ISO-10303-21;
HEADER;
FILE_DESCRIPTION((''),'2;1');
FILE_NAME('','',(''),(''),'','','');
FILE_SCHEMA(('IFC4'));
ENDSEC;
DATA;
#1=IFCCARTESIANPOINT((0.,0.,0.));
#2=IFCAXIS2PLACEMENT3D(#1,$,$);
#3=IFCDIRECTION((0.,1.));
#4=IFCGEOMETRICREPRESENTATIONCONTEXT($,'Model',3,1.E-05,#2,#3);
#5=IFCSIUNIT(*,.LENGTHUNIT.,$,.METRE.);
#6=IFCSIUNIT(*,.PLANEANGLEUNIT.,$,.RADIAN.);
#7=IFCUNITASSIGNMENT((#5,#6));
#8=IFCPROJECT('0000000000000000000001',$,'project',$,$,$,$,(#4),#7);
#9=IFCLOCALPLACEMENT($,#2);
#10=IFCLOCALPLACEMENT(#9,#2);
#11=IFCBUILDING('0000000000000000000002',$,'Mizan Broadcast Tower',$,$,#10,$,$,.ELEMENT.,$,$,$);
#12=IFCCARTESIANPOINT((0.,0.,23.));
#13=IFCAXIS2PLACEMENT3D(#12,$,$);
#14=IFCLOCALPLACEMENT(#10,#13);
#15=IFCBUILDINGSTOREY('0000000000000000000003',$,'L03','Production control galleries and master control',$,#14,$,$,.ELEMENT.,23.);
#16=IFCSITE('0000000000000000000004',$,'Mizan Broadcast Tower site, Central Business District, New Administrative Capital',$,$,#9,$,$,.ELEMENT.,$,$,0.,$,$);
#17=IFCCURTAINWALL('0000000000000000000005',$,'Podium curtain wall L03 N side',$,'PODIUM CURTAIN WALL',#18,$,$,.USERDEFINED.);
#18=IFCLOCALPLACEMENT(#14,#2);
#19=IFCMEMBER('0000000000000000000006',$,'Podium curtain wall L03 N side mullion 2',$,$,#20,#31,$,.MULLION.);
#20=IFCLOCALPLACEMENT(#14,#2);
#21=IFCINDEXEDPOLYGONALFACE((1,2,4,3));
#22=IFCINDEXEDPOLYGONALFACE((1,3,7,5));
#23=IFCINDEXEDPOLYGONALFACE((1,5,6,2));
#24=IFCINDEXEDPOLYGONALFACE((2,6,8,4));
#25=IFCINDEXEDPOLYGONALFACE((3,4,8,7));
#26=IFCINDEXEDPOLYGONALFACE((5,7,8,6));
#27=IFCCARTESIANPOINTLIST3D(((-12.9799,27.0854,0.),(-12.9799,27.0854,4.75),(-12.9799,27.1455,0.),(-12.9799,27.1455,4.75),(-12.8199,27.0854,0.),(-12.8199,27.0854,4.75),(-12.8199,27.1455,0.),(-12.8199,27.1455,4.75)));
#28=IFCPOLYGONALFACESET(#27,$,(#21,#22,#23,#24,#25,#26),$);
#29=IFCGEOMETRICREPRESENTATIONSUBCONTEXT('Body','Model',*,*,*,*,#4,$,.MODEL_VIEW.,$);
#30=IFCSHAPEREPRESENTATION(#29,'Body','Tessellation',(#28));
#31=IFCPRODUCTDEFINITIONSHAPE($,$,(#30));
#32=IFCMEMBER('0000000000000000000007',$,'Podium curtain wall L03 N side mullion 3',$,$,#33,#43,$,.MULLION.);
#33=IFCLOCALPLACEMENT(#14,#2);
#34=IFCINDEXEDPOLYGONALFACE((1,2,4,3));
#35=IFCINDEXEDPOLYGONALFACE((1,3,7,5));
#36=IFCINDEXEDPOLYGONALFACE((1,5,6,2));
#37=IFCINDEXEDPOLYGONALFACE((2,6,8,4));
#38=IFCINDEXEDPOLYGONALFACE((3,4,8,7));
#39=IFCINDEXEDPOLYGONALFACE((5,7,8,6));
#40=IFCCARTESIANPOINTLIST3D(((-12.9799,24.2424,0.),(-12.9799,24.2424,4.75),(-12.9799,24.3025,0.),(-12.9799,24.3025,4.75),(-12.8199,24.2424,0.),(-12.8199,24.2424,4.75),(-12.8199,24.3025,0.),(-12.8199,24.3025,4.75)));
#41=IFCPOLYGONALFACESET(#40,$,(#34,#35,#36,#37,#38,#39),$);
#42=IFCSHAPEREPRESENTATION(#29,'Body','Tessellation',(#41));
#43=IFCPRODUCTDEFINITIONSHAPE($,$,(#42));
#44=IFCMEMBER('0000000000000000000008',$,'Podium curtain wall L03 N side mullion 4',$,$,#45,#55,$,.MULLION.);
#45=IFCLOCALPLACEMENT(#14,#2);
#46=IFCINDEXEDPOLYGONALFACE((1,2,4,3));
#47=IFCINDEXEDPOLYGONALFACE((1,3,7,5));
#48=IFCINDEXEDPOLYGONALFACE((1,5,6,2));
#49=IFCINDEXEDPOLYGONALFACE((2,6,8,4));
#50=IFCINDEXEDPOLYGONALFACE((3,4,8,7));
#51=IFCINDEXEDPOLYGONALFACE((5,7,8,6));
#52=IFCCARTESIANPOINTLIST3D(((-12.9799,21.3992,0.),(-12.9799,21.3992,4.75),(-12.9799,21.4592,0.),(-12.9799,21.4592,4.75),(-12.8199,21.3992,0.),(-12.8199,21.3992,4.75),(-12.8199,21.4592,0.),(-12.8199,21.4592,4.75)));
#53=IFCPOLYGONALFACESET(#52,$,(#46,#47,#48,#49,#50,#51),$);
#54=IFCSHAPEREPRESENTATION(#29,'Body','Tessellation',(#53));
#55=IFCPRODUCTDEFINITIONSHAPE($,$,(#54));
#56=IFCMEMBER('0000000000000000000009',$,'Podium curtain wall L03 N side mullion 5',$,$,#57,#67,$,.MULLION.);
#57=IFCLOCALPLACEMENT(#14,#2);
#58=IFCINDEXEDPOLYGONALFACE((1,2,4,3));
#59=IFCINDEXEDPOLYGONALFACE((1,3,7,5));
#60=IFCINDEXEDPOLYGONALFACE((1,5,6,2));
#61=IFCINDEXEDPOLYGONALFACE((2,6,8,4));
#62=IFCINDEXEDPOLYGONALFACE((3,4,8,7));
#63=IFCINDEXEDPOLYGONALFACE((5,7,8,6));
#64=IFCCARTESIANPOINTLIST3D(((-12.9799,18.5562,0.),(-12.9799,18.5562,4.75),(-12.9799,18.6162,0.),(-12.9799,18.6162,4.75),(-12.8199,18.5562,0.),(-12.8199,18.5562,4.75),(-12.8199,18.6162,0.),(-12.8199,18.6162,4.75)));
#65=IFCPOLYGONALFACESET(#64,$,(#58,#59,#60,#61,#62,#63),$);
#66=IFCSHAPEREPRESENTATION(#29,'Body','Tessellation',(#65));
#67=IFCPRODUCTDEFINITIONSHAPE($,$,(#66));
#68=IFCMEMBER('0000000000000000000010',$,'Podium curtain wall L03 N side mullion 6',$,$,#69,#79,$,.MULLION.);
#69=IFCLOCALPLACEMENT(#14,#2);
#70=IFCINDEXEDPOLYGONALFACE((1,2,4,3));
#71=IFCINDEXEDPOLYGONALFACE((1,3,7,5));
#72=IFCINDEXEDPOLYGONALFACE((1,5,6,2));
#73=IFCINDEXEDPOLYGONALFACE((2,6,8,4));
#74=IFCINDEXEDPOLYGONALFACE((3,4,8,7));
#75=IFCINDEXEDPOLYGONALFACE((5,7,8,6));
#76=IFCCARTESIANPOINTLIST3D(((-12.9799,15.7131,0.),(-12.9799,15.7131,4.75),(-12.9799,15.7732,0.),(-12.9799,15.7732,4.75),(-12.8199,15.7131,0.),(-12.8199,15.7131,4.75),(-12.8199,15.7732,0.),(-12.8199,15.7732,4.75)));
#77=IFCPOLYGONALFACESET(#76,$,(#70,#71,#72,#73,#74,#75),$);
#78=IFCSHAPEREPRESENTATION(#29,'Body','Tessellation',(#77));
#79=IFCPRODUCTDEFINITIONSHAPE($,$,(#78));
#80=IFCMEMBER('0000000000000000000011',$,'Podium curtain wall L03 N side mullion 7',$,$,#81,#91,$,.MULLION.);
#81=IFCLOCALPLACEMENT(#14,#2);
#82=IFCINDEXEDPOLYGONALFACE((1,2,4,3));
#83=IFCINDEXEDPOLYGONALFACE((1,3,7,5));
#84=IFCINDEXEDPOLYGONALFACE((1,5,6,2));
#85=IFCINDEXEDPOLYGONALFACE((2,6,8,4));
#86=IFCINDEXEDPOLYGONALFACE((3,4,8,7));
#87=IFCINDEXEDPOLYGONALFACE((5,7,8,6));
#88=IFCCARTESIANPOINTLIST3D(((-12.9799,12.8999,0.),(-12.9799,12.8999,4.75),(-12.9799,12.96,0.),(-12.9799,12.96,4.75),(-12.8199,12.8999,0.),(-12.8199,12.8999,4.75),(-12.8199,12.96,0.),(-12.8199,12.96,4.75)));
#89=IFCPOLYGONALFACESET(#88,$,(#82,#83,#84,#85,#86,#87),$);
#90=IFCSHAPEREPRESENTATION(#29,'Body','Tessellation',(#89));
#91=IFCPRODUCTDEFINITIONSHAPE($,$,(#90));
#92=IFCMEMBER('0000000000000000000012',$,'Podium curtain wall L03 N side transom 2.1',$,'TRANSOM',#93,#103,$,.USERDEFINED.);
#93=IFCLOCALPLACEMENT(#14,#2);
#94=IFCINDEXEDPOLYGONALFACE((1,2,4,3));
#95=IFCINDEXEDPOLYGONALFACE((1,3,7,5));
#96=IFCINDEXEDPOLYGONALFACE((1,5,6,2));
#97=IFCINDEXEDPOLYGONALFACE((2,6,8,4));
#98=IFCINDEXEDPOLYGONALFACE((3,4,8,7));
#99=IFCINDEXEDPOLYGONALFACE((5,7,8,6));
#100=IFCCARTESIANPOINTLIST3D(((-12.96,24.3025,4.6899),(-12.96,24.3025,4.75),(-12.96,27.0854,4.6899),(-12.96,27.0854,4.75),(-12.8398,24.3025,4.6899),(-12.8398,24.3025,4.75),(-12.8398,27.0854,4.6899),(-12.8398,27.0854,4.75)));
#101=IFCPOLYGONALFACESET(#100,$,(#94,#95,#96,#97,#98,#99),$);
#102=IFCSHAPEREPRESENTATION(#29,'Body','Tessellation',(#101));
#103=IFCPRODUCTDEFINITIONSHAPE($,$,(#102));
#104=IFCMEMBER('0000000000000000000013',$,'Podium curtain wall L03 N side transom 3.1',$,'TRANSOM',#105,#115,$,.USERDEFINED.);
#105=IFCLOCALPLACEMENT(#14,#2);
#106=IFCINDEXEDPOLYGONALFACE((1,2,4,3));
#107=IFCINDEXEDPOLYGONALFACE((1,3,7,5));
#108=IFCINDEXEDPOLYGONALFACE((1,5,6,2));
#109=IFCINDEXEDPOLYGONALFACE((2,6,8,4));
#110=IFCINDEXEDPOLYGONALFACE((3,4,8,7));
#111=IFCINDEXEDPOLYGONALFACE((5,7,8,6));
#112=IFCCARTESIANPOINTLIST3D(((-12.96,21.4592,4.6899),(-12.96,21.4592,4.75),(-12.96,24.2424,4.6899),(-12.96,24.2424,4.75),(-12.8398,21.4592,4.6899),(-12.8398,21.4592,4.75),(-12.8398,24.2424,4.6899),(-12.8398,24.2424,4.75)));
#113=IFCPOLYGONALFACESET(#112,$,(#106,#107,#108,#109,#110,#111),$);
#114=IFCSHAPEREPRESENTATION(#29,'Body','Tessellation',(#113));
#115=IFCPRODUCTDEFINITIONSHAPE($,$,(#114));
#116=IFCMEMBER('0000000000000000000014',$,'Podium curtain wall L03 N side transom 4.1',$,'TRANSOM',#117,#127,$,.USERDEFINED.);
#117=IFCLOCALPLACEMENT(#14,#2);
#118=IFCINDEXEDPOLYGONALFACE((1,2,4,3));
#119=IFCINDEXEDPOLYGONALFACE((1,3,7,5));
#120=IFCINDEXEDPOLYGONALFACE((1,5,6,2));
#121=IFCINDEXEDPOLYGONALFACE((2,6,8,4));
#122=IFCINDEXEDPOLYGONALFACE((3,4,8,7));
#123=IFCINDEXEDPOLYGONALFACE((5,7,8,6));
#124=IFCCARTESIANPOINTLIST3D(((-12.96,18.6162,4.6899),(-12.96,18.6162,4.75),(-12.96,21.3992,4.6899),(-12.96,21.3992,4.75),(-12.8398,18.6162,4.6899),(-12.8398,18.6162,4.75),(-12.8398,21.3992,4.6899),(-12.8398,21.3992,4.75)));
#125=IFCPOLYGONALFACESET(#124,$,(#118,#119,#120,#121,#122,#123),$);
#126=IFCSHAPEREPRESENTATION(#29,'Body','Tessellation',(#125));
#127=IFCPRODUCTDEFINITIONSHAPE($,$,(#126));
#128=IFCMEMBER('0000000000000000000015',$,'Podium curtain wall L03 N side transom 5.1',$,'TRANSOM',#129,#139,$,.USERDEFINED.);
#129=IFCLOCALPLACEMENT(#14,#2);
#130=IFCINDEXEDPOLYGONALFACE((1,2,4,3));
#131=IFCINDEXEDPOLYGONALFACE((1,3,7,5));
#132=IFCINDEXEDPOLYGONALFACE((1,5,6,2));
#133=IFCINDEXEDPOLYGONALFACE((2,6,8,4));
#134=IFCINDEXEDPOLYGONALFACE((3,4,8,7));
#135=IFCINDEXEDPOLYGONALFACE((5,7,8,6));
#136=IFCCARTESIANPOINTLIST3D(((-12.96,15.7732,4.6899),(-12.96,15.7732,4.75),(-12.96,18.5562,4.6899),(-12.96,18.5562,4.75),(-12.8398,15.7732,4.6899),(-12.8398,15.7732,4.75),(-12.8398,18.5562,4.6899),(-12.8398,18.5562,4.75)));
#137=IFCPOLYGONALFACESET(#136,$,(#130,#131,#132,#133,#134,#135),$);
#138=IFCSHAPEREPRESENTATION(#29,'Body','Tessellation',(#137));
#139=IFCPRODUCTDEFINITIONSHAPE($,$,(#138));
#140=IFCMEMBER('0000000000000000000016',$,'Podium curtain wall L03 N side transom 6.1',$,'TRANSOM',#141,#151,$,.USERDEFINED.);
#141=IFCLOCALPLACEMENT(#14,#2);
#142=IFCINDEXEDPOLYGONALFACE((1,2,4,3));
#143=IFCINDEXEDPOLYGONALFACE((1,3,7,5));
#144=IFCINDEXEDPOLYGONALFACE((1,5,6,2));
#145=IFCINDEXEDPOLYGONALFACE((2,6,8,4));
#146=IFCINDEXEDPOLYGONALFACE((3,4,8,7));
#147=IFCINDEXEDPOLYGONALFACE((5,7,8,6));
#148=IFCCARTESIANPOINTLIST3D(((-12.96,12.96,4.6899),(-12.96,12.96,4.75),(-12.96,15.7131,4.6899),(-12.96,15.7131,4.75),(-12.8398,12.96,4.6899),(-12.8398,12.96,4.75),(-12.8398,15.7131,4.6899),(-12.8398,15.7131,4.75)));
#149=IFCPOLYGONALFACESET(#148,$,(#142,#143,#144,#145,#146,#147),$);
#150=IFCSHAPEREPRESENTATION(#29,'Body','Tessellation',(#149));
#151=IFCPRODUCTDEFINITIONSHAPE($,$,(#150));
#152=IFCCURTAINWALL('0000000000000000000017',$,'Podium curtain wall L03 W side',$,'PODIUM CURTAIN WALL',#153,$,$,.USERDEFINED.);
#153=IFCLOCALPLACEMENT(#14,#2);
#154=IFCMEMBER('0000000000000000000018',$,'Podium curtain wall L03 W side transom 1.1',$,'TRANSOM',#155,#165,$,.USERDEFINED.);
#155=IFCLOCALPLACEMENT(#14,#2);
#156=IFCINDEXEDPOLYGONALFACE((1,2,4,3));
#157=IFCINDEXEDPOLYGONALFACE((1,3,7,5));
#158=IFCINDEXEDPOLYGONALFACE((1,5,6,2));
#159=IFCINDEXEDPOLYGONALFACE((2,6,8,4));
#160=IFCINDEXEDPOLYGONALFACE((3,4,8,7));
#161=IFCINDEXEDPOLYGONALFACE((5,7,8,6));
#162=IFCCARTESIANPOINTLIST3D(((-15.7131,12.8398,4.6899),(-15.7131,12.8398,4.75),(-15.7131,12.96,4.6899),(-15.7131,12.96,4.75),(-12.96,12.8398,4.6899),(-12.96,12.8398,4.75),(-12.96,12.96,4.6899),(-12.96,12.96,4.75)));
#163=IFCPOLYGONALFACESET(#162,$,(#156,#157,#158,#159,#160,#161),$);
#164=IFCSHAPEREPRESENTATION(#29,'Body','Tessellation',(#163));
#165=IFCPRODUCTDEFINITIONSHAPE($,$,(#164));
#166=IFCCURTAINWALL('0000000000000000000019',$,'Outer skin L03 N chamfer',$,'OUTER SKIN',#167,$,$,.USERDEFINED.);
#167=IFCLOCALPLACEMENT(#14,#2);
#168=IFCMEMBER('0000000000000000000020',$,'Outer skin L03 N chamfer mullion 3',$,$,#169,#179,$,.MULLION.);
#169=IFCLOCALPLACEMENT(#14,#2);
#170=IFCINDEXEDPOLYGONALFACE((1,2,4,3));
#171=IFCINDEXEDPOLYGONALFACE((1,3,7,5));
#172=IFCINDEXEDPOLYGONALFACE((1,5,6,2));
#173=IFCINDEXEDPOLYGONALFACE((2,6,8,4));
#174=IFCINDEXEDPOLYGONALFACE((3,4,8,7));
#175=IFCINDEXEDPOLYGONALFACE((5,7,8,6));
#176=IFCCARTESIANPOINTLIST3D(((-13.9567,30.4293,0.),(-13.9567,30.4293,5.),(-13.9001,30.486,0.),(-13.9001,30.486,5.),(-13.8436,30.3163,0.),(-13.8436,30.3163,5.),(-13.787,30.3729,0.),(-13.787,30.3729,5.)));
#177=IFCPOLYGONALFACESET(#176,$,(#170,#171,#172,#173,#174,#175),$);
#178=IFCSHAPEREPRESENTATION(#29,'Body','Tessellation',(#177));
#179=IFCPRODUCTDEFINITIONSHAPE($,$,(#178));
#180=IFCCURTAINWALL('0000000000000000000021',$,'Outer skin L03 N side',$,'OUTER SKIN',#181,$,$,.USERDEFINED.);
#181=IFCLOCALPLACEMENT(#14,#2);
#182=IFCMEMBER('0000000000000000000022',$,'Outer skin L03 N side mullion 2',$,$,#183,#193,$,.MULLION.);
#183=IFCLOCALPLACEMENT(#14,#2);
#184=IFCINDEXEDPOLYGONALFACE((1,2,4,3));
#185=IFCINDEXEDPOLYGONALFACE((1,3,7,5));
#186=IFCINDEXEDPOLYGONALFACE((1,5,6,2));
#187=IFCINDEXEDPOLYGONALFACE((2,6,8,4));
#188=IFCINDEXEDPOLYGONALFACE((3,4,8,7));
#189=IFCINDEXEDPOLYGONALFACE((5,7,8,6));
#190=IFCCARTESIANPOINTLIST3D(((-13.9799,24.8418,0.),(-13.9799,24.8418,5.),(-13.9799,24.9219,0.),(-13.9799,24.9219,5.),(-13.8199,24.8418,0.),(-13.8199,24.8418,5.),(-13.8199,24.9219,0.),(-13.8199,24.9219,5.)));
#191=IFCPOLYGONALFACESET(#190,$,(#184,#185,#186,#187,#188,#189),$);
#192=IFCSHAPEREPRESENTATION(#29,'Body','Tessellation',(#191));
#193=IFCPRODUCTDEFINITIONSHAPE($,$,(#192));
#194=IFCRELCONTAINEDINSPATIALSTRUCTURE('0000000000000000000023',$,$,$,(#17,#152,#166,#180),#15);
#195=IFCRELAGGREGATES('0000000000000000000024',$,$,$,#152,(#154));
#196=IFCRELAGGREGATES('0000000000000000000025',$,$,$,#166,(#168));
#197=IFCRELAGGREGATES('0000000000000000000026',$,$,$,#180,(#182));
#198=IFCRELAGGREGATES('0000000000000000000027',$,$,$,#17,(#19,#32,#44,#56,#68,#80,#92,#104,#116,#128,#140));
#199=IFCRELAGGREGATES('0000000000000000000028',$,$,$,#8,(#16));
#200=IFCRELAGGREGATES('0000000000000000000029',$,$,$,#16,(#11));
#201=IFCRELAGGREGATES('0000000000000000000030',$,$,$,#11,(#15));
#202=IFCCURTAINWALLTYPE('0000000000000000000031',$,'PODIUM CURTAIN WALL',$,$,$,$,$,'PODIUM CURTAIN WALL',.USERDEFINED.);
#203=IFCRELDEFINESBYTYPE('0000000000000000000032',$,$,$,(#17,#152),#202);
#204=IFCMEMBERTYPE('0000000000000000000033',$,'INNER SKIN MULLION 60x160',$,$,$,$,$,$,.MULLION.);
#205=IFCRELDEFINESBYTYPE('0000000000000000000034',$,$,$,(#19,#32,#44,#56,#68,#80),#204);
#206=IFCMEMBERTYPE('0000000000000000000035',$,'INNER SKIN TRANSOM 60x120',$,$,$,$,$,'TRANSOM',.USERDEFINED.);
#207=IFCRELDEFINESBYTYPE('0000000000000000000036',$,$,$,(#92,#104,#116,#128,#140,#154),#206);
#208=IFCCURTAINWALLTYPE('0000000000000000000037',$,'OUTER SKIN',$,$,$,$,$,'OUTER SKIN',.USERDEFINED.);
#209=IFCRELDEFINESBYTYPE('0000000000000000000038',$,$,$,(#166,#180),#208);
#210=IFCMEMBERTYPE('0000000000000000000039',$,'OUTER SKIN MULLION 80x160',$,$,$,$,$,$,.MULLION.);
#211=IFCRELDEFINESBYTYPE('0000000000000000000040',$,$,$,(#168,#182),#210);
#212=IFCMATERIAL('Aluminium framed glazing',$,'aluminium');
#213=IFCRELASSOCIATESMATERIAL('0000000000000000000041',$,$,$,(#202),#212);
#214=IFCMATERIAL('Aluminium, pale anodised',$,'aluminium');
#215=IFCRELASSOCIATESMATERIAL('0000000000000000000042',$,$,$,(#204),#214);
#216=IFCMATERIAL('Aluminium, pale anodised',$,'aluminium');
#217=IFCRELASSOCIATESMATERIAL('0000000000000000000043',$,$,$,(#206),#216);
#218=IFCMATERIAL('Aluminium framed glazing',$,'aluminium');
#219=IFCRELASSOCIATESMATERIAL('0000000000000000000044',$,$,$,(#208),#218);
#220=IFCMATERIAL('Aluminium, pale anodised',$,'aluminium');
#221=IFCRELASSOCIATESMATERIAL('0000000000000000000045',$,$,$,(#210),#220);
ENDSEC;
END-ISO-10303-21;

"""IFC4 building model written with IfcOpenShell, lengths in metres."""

from ifc_helpers import new_model, si_unit, direction, frame, origin, origin_2d, place, context, subcontext, project, spatial, rectangle, extrude, material, material_profile, profile_set, type_object, element, aggregate, save


model = new_model("IFC4")

# Units and contexts
model_context = context("Model", 3, precision=1e-05, world=origin(), true_north=direction((0.0, 1.0)))
body_context = subcontext(model_context, "Body", "Model", "MODEL_VIEW")
ifc_project = project(units=[si_unit("LENGTHUNIT", "METRE"), si_unit("PLANEANGLEUNIT", "RADIAN")], contexts=[model_context])

# Site, building, storey
site_placement = place(None, origin())
site = spatial("IfcSite", under=ifc_project, at=site_placement, Name="Mizan Broadcast Tower site, Central Business District, New Administrative Capital", CompositionType="ELEMENT", RefElevation=0.0)
building_placement = place(site_placement, origin())
building = spatial("IfcBuilding", under=site, at=building_placement, Name="Mizan Broadcast Tower", CompositionType="ELEMENT")
storey_placement = place(building_placement, frame((0.0, 0.0, 23.0)))
storey = spatial("IfcBuildingStorey", under=building, at=storey_placement, Name="L03", Description="Production control galleries and master control", CompositionType="ELEMENT", Elevation=23.0)

# Curtain wall, members
ifc_material_1 = material(Name="Aluminium framed glazing", Category="aluminium")
curtain_wall_type_1 = type_object("IfcCurtainWallType", Name="PODIUM CURTAIN WALL", ElementType="PODIUM CURTAIN WALL", PredefinedType="USERDEFINED", material=ifc_material_1)
curtain_wall_1_placement = place(storey_placement, origin())
curtain_wall_1 = element("IfcCurtainWall", 1, at=curtain_wall_1_placement, inside=storey, type_object=curtain_wall_type_1, Name="Podium curtain wall L03 N side", ObjectType="PODIUM CURTAIN WALL", PredefinedType="USERDEFINED")
ifc_material_2 = material(Name="Aluminium, pale anodised", Category="aluminium")
ifc_material_profile_1 = material_profile(ifc_material_2, rectangle(XDim=0.1599, YDim=0.0601, at=origin_2d()), Name="MULLION 160x60")
ifc_profile_set_1 = profile_set([ifc_material_profile_1], Name="Aluminium, pale anodised")
member_type_1 = type_object("IfcMemberType", Name="INNER SKIN MULLION 60x160", PredefinedType="MULLION", material=ifc_profile_set_1)
member_1_placement = place(storey_placement, frame((-12.8999, 27.1155, 0.0), z_axis=(0.0, 0.0, 1.0), x_axis=(1.0, 0.0, 0.0)))
member_1 = element("IfcMember", 2, at=member_1_placement, type_object=member_type_1, Name="Podium curtain wall L03 N side mullion 2", PredefinedType="MULLION", context=body_context, shape_type="SweptSolid", body=[
    extrude(rectangle(XDim=0.1599, YDim=0.0601, at=origin_2d()), origin(), (0.0, 0.0, 1.0), 4.75),
])
member_2_placement = place(storey_placement, frame((-12.8999, 24.2725, 0.0), z_axis=(0.0, 0.0, 1.0), x_axis=(1.0, 0.0, 0.0)))
member_2 = element("IfcMember", 3, at=member_2_placement, type_object=member_type_1, Name="Podium curtain wall L03 N side mullion 3", PredefinedType="MULLION", context=body_context, shape_type="SweptSolid", body=[
    extrude(rectangle(XDim=0.1599, YDim=0.0601, at=origin_2d()), origin(), (0.0, 0.0, 1.0), 4.75),
])
member_3_placement = place(storey_placement, frame((-12.8999, 21.4292, 0.0), z_axis=(0.0, 0.0, 1.0), x_axis=(1.0, 0.0, 0.0)))
member_3 = element("IfcMember", 4, at=member_3_placement, type_object=member_type_1, Name="Podium curtain wall L03 N side mullion 4", PredefinedType="MULLION", context=body_context, shape_type="SweptSolid", body=[
    extrude(rectangle(XDim=0.1599, YDim=0.0601, at=origin_2d()), origin(), (0.0, 0.0, 1.0), 4.75),
])
member_4_placement = place(storey_placement, frame((-12.8999, 18.5862, 0.0), z_axis=(0.0, 0.0, 1.0), x_axis=(1.0, 0.0, 0.0)))
member_4 = element("IfcMember", 5, at=member_4_placement, type_object=member_type_1, Name="Podium curtain wall L03 N side mullion 5", PredefinedType="MULLION", context=body_context, shape_type="SweptSolid", body=[
    extrude(rectangle(XDim=0.1599, YDim=0.0601, at=origin_2d()), origin(), (0.0, 0.0, 1.0), 4.75),
])
member_5_placement = place(storey_placement, frame((-12.8999, 15.7432, 0.0), z_axis=(0.0, 0.0, 1.0), x_axis=(1.0, 0.0, 0.0)))
member_5 = element("IfcMember", 6, at=member_5_placement, type_object=member_type_1, Name="Podium curtain wall L03 N side mullion 6", PredefinedType="MULLION", context=body_context, shape_type="SweptSolid", body=[
    extrude(rectangle(XDim=0.1599, YDim=0.0601, at=origin_2d()), origin(), (0.0, 0.0, 1.0), 4.75),
])
member_6_placement = place(storey_placement, frame((-12.8999, 12.9299, 0.0), z_axis=(0.0, 0.0, 1.0), x_axis=(1.0, 0.0, 0.0)))
member_6 = element("IfcMember", 7, at=member_6_placement, type_object=member_type_1, Name="Podium curtain wall L03 N side mullion 7", PredefinedType="MULLION", context=body_context, shape_type="SweptSolid", body=[
    extrude(rectangle(XDim=0.1599, YDim=0.0601, at=origin_2d()), origin(), (0.0, 0.0, 1.0), 4.75),
])
ifc_material_3 = material(Name="Aluminium, pale anodised", Category="aluminium")
ifc_material_profile_2 = material_profile(ifc_material_3, rectangle(XDim=0.1201, YDim=0.0601, at=origin_2d()), Name="TRANSOM 120x60")
ifc_profile_set_2 = profile_set([ifc_material_profile_2], Name="Aluminium, pale anodised")
member_type_2 = type_object("IfcMemberType", Name="INNER SKIN TRANSOM 60x120", ElementType="TRANSOM", PredefinedType="USERDEFINED", material=ifc_profile_set_2)
member_7_placement = place(storey_placement, frame((-12.8999, 27.0854, 4.72), z_axis=(0.0, -1.0, 0.0), x_axis=(1.0, 0.0, 0.0)))
member_7 = element("IfcMember", 8, at=member_7_placement, type_object=member_type_2, Name="Podium curtain wall L03 N side transom 2.1", ObjectType="TRANSOM", PredefinedType="USERDEFINED", context=body_context, shape_type="SweptSolid", body=[
    extrude(rectangle(XDim=0.1201, YDim=0.0601, at=origin_2d()), origin(), (0.0, 0.0, 1.0), 2.783),
])
member_8_placement = place(storey_placement, frame((-12.8999, 24.2424, 4.72), z_axis=(0.0, -1.0, 0.0), x_axis=(1.0, 0.0, 0.0)))
member_8 = element("IfcMember", 9, at=member_8_placement, type_object=member_type_2, Name="Podium curtain wall L03 N side transom 3.1", ObjectType="TRANSOM", PredefinedType="USERDEFINED", context=body_context, shape_type="SweptSolid", body=[
    extrude(rectangle(XDim=0.1201, YDim=0.0601, at=origin_2d()), origin(), (0.0, 0.0, 1.0), 2.7832),
])
member_9_placement = place(storey_placement, frame((-12.8999, 21.3992, 4.72), z_axis=(0.0, -1.0, 0.0), x_axis=(1.0, 0.0, 0.0)))
member_9 = element("IfcMember", 10, at=member_9_placement, type_object=member_type_2, Name="Podium curtain wall L03 N side transom 4.1", ObjectType="TRANSOM", PredefinedType="USERDEFINED", context=body_context, shape_type="SweptSolid", body=[
    extrude(rectangle(XDim=0.1201, YDim=0.0601, at=origin_2d()), origin(), (0.0, 0.0, 1.0), 2.783),
])
member_10_placement = place(storey_placement, frame((-12.8999, 18.5562, 4.72), z_axis=(0.0, -1.0, 0.0), x_axis=(1.0, 0.0, 0.0)))
member_10 = element("IfcMember", 11, at=member_10_placement, type_object=member_type_2, Name="Podium curtain wall L03 N side transom 5.1", ObjectType="TRANSOM", PredefinedType="USERDEFINED", context=body_context, shape_type="SweptSolid", body=[
    extrude(rectangle(XDim=0.1201, YDim=0.0601, at=origin_2d()), origin(), (0.0, 0.0, 1.0), 2.783),
])
member_11_placement = place(storey_placement, frame((-12.8999, 15.7131, 4.72), z_axis=(0.0, -1.0, 0.0), x_axis=(1.0, 0.0, 0.0)))
member_11 = element("IfcMember", 12, at=member_11_placement, type_object=member_type_2, Name="Podium curtain wall L03 N side transom 6.1", ObjectType="TRANSOM", PredefinedType="USERDEFINED", context=body_context, shape_type="SweptSolid", body=[
    extrude(rectangle(XDim=0.1201, YDim=0.0601, at=origin_2d()), origin(), (0.0, 0.0, 1.0), 2.7532),
])

# Curtain walls, members
curtain_wall_2_placement = place(storey_placement, origin())
curtain_wall_2 = element("IfcCurtainWall", 13, at=curtain_wall_2_placement, inside=storey, type_object=curtain_wall_type_1, Name="Podium curtain wall L03 W side", ObjectType="PODIUM CURTAIN WALL", PredefinedType="USERDEFINED")
member_12_placement = place(storey_placement, frame((-12.96, 12.8999, 4.72), z_axis=(-1.0, 0.0, 0.0), x_axis=(0.0, -1.0, 0.0)))
member_12 = element("IfcMember", 14, at=member_12_placement, type_object=member_type_2, Name="Podium curtain wall L03 W side transom 1.1", ObjectType="TRANSOM", PredefinedType="USERDEFINED", context=body_context, shape_type="SweptSolid", body=[
    extrude(rectangle(XDim=0.1201, YDim=0.0601, at=origin_2d()), origin(), (0.0, 0.0, 1.0), 2.7532),
])
aggregate(curtain_wall_2, [member_12])
ifc_material_4 = material(Name="Aluminium framed glazing", Category="aluminium")
curtain_wall_type_2 = type_object("IfcCurtainWallType", Name="OUTER SKIN", ElementType="OUTER SKIN", PredefinedType="USERDEFINED", material=ifc_material_4)
curtain_wall_3_placement = place(storey_placement, origin())
curtain_wall_3 = element("IfcCurtainWall", 15, at=curtain_wall_3_placement, inside=storey, type_object=curtain_wall_type_2, Name="Outer skin L03 N chamfer", ObjectType="OUTER SKIN", PredefinedType="USERDEFINED")
ifc_material_5 = material(Name="Aluminium, pale anodised", Category="aluminium")
ifc_material_profile_3 = material_profile(ifc_material_5, rectangle(XDim=0.1599, YDim=0.0801, at=origin_2d()), Name="MULLION 160x80")
ifc_profile_set_3 = profile_set([ifc_material_profile_3], Name="Aluminium, pale anodised")
member_type_3 = type_object("IfcMemberType", Name="OUTER SKIN MULLION 80x160", PredefinedType="MULLION", material=ifc_profile_set_3)
member_13_placement = place(storey_placement, frame((-13.8718, 30.4011, 0.0), z_axis=(0.0, 0.0, 1.0), x_axis=(0.707107, -0.707107, 0.0)))
member_13 = element("IfcMember", 16, at=member_13_placement, type_object=member_type_3, Name="Outer skin L03 N chamfer mullion 3", PredefinedType="MULLION", context=body_context, shape_type="SweptSolid", body=[
    extrude(rectangle(XDim=0.1599, YDim=0.0801, at=origin_2d()), origin(), (0.0, 0.0, 1.0), 5.0),
])
aggregate(curtain_wall_3, [member_13])

# Curtain wall, member
curtain_wall_4_placement = place(storey_placement, origin())
curtain_wall_4 = element("IfcCurtainWall", 17, at=curtain_wall_4_placement, inside=storey, type_object=curtain_wall_type_2, Name="Outer skin L03 N side", ObjectType="OUTER SKIN", PredefinedType="USERDEFINED")
member_14_placement = place(storey_placement, frame((-13.8999, 24.8818, 0.0), z_axis=(0.0, 0.0, 1.0), x_axis=(1.0, 0.0, 0.0)))
member_14 = element("IfcMember", 18, at=member_14_placement, type_object=member_type_3, Name="Outer skin L03 N side mullion 2", PredefinedType="MULLION", context=body_context, shape_type="SweptSolid", body=[
    extrude(rectangle(XDim=0.1599, YDim=0.0801, at=origin_2d()), origin(), (0.0, 0.0, 1.0), 5.0),
])
aggregate(curtain_wall_4, [member_14])

aggregate(curtain_wall_1, [member_1, member_2, member_3, member_4, member_5, member_6, member_7, member_8, member_9, member_10, member_11])

save(model, "model.ifc")
